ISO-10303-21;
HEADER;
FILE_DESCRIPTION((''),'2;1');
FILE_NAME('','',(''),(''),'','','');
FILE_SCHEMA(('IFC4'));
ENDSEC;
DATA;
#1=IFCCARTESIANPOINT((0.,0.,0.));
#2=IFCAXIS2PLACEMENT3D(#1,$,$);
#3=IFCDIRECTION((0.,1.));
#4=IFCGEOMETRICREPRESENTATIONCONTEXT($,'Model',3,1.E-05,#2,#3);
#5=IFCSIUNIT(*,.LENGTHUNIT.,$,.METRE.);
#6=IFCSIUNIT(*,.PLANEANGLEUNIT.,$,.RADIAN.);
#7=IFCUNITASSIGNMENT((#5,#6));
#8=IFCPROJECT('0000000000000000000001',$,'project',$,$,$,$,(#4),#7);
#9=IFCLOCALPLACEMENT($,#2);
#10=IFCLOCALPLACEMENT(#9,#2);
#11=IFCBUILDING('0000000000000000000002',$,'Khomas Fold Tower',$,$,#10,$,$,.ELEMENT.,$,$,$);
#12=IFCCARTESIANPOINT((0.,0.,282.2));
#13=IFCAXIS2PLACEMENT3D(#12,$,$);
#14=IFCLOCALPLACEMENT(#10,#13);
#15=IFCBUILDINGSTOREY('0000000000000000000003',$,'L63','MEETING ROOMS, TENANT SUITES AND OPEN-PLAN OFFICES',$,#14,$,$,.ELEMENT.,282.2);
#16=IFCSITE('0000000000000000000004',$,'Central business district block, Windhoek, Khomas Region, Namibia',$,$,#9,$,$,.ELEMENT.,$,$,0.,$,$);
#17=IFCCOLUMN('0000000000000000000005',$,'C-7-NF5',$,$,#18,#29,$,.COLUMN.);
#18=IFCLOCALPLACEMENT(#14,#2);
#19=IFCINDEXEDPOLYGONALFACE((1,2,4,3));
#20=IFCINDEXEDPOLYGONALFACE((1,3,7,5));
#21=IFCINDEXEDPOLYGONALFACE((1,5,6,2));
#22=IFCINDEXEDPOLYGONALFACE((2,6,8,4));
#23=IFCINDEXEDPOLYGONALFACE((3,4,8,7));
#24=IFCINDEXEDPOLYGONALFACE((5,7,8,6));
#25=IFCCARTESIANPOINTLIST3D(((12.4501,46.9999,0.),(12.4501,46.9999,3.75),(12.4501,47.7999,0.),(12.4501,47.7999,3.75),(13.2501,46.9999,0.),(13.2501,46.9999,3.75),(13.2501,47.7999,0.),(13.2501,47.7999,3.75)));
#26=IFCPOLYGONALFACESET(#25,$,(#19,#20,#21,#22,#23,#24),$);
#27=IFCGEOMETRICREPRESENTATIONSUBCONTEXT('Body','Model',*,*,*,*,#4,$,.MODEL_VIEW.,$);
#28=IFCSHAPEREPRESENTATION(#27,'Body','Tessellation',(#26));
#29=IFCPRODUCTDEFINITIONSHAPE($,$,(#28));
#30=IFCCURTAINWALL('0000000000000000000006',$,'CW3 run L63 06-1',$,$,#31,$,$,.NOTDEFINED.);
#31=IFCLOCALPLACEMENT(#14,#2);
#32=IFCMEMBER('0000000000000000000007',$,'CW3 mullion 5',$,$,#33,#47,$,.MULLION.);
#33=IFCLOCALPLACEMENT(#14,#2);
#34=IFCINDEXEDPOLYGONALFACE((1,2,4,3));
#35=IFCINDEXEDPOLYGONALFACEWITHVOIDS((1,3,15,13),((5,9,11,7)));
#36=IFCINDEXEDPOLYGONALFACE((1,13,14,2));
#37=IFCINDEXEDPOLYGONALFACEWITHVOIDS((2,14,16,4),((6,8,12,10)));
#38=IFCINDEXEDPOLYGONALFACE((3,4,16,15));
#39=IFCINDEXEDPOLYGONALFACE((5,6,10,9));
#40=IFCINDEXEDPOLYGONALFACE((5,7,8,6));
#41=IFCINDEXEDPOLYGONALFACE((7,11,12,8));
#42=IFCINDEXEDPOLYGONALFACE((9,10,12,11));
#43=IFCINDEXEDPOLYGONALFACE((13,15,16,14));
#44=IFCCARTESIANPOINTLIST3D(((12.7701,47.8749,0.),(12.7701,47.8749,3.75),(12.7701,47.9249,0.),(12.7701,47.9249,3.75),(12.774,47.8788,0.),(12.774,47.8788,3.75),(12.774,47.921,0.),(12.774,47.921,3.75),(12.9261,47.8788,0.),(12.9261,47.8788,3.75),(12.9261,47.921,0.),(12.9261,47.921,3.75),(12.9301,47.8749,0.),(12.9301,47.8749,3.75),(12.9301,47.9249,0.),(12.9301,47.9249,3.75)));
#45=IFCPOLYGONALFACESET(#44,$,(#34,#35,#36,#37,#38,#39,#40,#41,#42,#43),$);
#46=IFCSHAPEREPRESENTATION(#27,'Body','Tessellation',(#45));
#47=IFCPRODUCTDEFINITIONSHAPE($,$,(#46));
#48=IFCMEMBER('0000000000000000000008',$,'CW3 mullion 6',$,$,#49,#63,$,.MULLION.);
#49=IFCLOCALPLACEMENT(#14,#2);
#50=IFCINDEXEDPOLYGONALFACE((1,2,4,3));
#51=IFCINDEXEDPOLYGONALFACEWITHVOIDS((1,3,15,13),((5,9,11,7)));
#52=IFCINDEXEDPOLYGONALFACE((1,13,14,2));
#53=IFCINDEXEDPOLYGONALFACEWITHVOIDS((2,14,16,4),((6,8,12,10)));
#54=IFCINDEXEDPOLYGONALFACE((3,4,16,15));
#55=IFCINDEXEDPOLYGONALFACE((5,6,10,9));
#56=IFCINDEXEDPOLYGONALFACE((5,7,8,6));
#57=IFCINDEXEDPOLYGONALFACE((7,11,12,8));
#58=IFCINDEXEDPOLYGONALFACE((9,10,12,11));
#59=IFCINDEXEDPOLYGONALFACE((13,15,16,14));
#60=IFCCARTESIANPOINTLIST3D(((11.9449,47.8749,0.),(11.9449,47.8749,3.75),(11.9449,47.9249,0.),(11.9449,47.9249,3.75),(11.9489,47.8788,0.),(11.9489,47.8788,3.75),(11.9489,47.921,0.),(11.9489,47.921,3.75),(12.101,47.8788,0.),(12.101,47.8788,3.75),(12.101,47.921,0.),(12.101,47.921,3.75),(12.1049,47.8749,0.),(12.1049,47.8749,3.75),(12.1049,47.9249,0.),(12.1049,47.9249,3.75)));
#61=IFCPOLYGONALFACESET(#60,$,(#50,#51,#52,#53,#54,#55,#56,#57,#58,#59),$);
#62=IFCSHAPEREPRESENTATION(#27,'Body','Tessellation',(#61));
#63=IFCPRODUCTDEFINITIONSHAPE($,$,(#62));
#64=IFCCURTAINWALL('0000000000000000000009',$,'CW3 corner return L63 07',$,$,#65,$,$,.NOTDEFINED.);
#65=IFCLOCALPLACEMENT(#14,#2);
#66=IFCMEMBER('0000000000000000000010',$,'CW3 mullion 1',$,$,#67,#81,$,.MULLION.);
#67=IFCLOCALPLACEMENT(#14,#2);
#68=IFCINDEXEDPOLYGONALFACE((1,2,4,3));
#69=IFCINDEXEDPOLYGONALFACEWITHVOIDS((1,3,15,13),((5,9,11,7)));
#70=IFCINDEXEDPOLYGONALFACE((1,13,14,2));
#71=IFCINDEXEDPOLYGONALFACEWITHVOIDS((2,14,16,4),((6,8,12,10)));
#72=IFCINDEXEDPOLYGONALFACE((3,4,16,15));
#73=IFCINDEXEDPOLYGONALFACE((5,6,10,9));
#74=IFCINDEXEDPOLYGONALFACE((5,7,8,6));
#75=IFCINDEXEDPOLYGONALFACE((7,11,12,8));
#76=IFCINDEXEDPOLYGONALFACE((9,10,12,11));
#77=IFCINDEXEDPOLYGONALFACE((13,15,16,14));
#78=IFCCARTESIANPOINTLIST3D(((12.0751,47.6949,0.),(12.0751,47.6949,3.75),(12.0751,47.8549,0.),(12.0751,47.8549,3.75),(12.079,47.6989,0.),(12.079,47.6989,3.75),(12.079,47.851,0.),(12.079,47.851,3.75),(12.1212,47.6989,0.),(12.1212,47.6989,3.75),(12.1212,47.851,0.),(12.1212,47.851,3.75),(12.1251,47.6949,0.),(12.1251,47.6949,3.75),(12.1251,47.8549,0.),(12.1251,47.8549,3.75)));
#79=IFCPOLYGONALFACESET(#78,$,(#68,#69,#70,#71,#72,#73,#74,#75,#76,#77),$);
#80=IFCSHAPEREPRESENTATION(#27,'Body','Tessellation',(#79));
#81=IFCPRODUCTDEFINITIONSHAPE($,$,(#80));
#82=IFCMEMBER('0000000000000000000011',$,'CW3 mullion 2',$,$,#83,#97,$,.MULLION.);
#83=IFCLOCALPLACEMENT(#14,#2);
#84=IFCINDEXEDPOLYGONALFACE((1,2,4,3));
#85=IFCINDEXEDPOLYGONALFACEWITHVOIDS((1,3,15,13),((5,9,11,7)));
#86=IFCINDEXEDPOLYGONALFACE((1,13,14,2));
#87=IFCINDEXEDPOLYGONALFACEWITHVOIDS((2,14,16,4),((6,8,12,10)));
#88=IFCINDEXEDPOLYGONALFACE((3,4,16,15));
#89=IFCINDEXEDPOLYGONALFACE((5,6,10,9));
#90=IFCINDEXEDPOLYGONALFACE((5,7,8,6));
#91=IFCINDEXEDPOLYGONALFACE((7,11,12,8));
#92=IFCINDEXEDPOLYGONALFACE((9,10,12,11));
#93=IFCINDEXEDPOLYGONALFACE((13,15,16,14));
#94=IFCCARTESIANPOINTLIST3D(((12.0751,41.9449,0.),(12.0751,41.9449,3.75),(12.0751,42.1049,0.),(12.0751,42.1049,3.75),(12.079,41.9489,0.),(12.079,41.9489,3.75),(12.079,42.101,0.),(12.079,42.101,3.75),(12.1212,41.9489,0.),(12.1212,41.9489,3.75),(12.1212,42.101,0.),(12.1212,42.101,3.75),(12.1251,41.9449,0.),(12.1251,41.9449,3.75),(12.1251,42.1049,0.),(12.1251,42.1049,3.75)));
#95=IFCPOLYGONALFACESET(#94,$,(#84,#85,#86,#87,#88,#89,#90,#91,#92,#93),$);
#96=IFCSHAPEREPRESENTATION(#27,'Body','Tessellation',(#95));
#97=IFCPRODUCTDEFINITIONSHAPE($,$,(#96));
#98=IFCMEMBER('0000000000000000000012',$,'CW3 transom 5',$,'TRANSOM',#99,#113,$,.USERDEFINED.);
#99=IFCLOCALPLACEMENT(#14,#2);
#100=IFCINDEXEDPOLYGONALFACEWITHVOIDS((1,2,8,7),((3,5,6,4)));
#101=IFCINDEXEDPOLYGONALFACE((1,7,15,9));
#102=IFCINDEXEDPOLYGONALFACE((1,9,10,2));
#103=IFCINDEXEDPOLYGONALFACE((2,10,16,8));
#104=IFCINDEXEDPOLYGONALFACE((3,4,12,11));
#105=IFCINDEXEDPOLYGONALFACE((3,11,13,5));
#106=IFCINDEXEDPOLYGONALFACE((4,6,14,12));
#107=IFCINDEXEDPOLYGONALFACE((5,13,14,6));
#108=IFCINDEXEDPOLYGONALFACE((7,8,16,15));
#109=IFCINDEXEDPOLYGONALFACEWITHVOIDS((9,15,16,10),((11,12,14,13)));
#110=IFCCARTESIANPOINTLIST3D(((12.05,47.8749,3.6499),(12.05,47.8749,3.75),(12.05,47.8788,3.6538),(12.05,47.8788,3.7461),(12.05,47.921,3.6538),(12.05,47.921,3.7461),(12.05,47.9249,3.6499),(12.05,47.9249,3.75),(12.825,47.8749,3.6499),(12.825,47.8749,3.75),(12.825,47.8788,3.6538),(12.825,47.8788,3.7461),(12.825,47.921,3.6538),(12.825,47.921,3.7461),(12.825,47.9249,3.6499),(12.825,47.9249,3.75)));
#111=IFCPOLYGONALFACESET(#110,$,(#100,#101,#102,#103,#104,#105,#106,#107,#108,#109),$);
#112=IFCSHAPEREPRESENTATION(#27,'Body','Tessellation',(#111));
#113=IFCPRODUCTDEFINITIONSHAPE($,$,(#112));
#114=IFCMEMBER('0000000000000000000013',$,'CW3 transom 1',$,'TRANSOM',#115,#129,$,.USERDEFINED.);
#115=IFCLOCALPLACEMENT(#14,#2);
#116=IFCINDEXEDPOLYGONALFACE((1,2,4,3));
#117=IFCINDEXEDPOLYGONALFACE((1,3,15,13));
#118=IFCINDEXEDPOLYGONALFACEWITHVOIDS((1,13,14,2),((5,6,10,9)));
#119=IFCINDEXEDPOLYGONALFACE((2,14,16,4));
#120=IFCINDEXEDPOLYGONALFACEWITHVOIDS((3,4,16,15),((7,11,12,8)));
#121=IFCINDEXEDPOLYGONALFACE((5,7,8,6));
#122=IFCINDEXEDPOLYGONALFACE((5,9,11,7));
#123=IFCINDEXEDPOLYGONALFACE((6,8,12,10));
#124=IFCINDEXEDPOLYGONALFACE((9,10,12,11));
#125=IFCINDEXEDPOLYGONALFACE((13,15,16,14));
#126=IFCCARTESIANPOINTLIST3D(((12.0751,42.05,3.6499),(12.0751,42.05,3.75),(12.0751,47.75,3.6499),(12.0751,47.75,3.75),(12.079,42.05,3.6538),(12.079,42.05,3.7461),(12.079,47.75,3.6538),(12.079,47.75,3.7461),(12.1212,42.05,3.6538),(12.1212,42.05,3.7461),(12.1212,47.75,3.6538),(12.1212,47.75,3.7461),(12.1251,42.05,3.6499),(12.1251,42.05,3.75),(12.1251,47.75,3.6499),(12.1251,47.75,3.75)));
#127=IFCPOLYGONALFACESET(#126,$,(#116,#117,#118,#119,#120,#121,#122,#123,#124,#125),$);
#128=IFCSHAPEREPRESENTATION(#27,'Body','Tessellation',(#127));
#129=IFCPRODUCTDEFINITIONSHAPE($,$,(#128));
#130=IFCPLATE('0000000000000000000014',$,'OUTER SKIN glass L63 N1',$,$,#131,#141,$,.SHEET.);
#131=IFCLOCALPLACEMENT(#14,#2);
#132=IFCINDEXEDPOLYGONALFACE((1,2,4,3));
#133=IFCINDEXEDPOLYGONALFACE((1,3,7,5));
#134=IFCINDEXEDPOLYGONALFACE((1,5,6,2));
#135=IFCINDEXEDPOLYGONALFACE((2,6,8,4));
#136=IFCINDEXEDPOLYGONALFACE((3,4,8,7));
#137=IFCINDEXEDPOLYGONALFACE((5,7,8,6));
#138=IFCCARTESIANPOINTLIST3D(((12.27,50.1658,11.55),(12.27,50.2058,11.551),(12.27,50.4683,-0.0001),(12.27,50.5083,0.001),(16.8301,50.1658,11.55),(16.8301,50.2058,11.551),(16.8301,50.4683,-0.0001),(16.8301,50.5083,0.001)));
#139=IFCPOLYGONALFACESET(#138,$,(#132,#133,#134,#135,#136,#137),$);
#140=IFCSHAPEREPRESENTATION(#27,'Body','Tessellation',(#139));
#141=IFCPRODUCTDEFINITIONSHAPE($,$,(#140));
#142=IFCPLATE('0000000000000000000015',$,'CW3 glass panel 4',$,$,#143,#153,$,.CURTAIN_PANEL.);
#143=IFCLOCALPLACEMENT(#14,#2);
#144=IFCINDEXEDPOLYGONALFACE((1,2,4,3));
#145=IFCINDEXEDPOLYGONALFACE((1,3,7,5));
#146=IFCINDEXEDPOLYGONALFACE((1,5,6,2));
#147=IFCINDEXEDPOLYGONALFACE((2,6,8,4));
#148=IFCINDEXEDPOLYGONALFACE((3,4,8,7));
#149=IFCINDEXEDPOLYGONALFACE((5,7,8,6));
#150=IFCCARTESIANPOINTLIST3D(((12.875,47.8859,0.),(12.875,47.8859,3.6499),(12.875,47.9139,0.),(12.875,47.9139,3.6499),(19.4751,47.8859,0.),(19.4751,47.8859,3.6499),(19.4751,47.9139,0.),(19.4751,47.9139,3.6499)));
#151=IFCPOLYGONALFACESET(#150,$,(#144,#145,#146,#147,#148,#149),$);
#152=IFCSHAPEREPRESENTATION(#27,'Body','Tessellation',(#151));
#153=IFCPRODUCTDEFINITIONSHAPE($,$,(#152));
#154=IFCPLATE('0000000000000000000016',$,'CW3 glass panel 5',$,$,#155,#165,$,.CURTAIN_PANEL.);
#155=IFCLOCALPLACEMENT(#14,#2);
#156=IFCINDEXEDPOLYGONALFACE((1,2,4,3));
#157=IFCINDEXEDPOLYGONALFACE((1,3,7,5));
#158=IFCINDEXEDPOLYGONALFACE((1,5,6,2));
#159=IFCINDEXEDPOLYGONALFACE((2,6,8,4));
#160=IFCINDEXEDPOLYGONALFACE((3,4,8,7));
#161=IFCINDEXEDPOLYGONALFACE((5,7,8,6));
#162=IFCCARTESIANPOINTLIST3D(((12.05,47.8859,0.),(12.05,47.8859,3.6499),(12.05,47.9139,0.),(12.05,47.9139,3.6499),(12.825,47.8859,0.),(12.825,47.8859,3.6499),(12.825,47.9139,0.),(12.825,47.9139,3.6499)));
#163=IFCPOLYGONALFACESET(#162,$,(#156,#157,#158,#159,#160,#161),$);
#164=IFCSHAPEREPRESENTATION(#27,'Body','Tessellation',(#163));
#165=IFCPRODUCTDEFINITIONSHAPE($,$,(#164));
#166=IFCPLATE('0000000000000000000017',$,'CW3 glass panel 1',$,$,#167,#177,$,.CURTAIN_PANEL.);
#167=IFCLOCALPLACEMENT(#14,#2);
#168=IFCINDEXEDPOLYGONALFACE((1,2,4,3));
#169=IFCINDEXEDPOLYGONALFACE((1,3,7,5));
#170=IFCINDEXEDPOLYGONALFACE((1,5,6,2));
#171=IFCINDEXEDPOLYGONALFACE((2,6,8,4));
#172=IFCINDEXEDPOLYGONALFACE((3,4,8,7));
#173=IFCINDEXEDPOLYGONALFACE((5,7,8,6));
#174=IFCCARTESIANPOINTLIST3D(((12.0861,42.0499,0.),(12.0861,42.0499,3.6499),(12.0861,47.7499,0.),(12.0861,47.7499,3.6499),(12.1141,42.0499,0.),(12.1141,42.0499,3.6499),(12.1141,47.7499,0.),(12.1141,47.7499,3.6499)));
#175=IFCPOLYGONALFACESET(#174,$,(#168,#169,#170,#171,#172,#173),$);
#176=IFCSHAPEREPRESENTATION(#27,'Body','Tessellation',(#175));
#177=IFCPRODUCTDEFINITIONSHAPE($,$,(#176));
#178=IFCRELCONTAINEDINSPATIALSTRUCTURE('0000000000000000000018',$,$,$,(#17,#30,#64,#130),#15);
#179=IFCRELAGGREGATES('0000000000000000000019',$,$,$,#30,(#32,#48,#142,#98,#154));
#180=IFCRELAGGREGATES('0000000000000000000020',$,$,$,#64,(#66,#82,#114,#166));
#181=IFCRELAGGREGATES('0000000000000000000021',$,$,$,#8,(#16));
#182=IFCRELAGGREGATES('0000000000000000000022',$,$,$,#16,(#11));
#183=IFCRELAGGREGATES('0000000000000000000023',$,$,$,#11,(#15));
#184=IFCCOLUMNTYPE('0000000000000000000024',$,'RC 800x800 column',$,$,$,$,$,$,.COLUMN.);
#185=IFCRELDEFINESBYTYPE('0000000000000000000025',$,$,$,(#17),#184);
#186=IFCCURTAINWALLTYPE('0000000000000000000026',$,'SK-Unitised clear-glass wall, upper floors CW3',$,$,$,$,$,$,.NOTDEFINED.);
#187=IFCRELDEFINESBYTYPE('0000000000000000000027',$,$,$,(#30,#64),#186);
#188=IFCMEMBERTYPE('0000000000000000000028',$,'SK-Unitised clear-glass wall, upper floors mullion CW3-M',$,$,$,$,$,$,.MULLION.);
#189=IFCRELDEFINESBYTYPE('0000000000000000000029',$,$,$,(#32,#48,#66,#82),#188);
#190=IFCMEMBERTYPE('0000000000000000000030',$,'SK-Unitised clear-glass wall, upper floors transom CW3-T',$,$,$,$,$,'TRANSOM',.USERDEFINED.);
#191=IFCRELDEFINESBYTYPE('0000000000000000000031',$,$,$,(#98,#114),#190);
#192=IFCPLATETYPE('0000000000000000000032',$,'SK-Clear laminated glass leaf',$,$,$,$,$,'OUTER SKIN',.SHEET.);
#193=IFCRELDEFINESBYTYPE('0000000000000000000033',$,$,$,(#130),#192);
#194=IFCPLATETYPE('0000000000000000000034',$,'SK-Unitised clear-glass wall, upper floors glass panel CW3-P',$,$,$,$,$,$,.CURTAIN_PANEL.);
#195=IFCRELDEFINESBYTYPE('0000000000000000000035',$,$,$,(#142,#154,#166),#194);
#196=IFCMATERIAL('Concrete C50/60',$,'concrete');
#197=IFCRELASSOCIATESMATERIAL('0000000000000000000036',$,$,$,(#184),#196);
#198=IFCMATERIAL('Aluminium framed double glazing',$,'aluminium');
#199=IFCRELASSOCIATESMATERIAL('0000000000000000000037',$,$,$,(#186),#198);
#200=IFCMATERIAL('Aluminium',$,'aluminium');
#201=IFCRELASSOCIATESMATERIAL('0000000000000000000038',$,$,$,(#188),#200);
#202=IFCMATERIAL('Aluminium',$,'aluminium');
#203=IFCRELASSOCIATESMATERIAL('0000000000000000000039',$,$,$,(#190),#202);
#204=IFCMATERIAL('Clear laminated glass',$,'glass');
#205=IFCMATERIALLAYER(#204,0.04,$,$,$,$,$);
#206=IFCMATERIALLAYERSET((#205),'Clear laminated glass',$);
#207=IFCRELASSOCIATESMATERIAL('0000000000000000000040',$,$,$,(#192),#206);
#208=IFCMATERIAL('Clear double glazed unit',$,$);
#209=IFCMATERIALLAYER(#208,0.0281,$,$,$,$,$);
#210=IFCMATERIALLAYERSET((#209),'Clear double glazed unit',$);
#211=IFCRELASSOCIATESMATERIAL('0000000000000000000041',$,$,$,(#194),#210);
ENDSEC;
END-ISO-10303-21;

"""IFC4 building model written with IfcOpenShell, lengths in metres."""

from ifc_helpers import new_model, si_unit, direction, frame, origin, origin_2d, place, context, subcontext, project, spatial, polyline, rectangle, hollow_rectangle, outline, extrude, source, transform, mapped, material, layer, layer_set, material_profile, profile_set, type_object, element, aggregate, save


model = new_model("IFC4")

# Units and contexts
model_context = context("Model", 3, precision=1e-05, world=origin(), true_north=direction((0.0, 1.0)))
body_context = subcontext(model_context, "Body", "Model", "MODEL_VIEW")
ifc_project = project(units=[si_unit("LENGTHUNIT", "METRE"), si_unit("PLANEANGLEUNIT", "RADIAN")], contexts=[model_context])

# Site, building, storey
site_placement = place(None, origin())
site = spatial("IfcSite", under=ifc_project, at=site_placement, Name="Central business district block, Windhoek, Khomas Region, Namibia", CompositionType="ELEMENT", RefElevation=0.0)
building_placement = place(site_placement, origin())
building = spatial("IfcBuilding", under=site, at=building_placement, Name="Khomas Fold Tower", CompositionType="ELEMENT")
storey_placement = place(building_placement, frame((0.0, 0.0, 282.2)))
storey = spatial("IfcBuildingStorey", under=building, at=storey_placement, Name="L63", Description="MEETING ROOMS, TENANT SUITES AND OPEN-PLAN OFFICES", CompositionType="ELEMENT", Elevation=282.2)

# Column
ifc_material_1 = material(Name="Concrete C50/60", Category="concrete")
ifc_material_profile_1 = material_profile(ifc_material_1, rectangle(XDim=0.8, YDim=0.8, at=origin_2d()), Name="RC 800x800")
ifc_profile_set_1 = profile_set([ifc_material_profile_1], Name="Concrete C50/60")
column_type = type_object("IfcColumnType", Name="RC 800x800 column", PredefinedType="COLUMN", material=ifc_profile_set_1)
shared_shape_1 = source(origin(), body_context, "Body", "SweptSolid", [
    extrude(rectangle(XDim=0.8, YDim=0.8, at=origin_2d()), origin(), (0.0, 0.0, 1.0), 3.75),
])
column_placement = place(storey_placement, frame((12.8501, 47.3999, 0.0), z_axis=(0.0, 0.0, 1.0), x_axis=(1.0, 0.0, 0.0)))
element("IfcColumn", 1, at=column_placement, inside=storey, type_object=column_type, Name="C-7-NF5", PredefinedType="COLUMN", context=body_context, shape_type="MappedRepresentation", body=[
    mapped(shared_shape_1, transform((0.0, 0.0, 0.0))),
])

# Curtain walls, members
ifc_material_2 = material(Name="Aluminium framed double glazing", Category="aluminium")
curtain_wall_type = type_object("IfcCurtainWallType", Name="SK-Unitised clear-glass wall, upper floors CW3", PredefinedType="NOTDEFINED", material=ifc_material_2)
curtain_wall_1_placement = place(storey_placement, origin())
curtain_wall_1 = element("IfcCurtainWall", 2, at=curtain_wall_1_placement, inside=storey, type_object=curtain_wall_type, Name="CW3 run L63 06-1", PredefinedType="NOTDEFINED")
ifc_material_3 = material(Name="Aluminium", Category="aluminium")
ifc_material_profile_2 = material_profile(ifc_material_3, hollow_rectangle(XDim=0.05, YDim=0.1599, WallThickness=0.0039, at=origin_2d()), Name="SK-Unitised clear-glass wall, upper floors mullion CW3-M")
ifc_profile_set_2 = profile_set([ifc_material_profile_2], Name="Aluminium")
member_type_1 = type_object("IfcMemberType", Name="SK-Unitised clear-glass wall, upper floors mullion CW3-M", PredefinedType="MULLION", material=ifc_profile_set_2)
shared_shape_2 = source(origin(), body_context, "Body", "SweptSolid", [
    extrude(hollow_rectangle(XDim=0.05, YDim=0.1599, WallThickness=0.0039, at=origin_2d()), origin(), (0.0, 0.0, 1.0), 3.75),
])
member_1_placement = place(storey_placement, frame((12.8501, 47.8999, 0.0), z_axis=(0.0, 0.0, 1.0), x_axis=(0.0, -1.0, 0.0)))
member_1 = element("IfcMember", 3, at=member_1_placement, type_object=member_type_1, Name="CW3 mullion 5", PredefinedType="MULLION", context=body_context, shape_type="MappedRepresentation", body=[
    mapped(shared_shape_2, transform((0.0, 0.0, 0.0))),
])
member_2_placement = place(storey_placement, frame((12.0249, 47.8999, 0.0), z_axis=(0.0, 0.0, 1.0), x_axis=(0.0, -1.0, 0.0)))
member_2 = element("IfcMember", 4, at=member_2_placement, type_object=member_type_1, Name="CW3 mullion 6", PredefinedType="MULLION", context=body_context, shape_type="MappedRepresentation", body=[
    mapped(shared_shape_2, transform((0.0, 0.0, 0.0))),
])
curtain_wall_2_placement = place(storey_placement, origin())
curtain_wall_2 = element("IfcCurtainWall", 5, at=curtain_wall_2_placement, inside=storey, type_object=curtain_wall_type, Name="CW3 corner return L63 07", PredefinedType="NOTDEFINED")
member_3_placement = place(storey_placement, frame((12.1001, 47.7749, 0.0), z_axis=(0.0, 0.0, 1.0), x_axis=(1.0, 0.0, 0.0)))
member_3 = element("IfcMember", 6, at=member_3_placement, type_object=member_type_1, Name="CW3 mullion 1", PredefinedType="MULLION", context=body_context, shape_type="MappedRepresentation", body=[
    mapped(shared_shape_2, transform((0.0, 0.0, 0.0))),
])
member_4_placement = place(storey_placement, frame((12.1001, 42.0249, 0.0), z_axis=(0.0, 0.0, 1.0), x_axis=(1.0, 0.0, 0.0)))
member_4 = element("IfcMember", 7, at=member_4_placement, type_object=member_type_1, Name="CW3 mullion 2", PredefinedType="MULLION", context=body_context, shape_type="MappedRepresentation", body=[
    mapped(shared_shape_2, transform((0.0, 0.0, 0.0))),
])

# Members
ifc_material_4 = material(Name="Aluminium", Category="aluminium")
ifc_material_profile_3 = material_profile(ifc_material_4, hollow_rectangle(XDim=0.05, YDim=0.1001, WallThickness=0.0039, at=origin_2d()), Name="SK-Unitised clear-glass wall, upper floors transom CW3-T")
ifc_profile_set_3 = profile_set([ifc_material_profile_3], Name="Aluminium")
member_type_2 = type_object("IfcMemberType", Name="SK-Unitised clear-glass wall, upper floors transom CW3-T", ElementType="TRANSOM", PredefinedType="USERDEFINED", material=ifc_profile_set_3)
shared_shape_3 = source(origin(), body_context, "Body", "SweptSolid", [
    extrude(hollow_rectangle(XDim=0.05, YDim=0.1001, WallThickness=0.0039, at=origin_2d()), origin(), (0.0, 0.0, 1.0), 0.7749),
])
member_5_placement = place(storey_placement, frame((12.825, 47.8999, 3.7), z_axis=(-1.0, 0.0, 0.0), x_axis=(0.0, -1.0, 0.0)))
member_5 = element("IfcMember", 8, at=member_5_placement, type_object=member_type_2, Name="CW3 transom 5", ObjectType="TRANSOM", PredefinedType="USERDEFINED", context=body_context, shape_type="MappedRepresentation", body=[
    mapped(shared_shape_3, transform((0.0, 0.0, 0.0))),
])
shared_shape_4 = source(origin(), body_context, "Body", "SweptSolid", [
    extrude(hollow_rectangle(XDim=0.05, YDim=0.1001, WallThickness=0.0039, at=origin_2d()), origin(), (0.0, 0.0, 1.0), 5.7),
])
member_6_placement = place(storey_placement, frame((12.1001, 47.75, 3.7), z_axis=(0.0, -1.0, 0.0), x_axis=(1.0, 0.0, 0.0)))
member_6 = element("IfcMember", 9, at=member_6_placement, type_object=member_type_2, Name="CW3 transom 1", ObjectType="TRANSOM", PredefinedType="USERDEFINED", context=body_context, shape_type="MappedRepresentation", body=[
    mapped(shared_shape_4, transform((0.0, 0.0, 0.0))),
])

# Plates
ifc_material_5 = material(Name="Clear laminated glass", Category="glass")
ifc_layer_1 = layer(ifc_material_5, 0.04)
ifc_layer_set_1 = layer_set([ifc_layer_1], Name="Clear laminated glass")
plate_type_1 = type_object("IfcPlateType", Name="SK-Clear laminated glass leaf", ElementType="OUTER SKIN", PredefinedType="SHEET", material=ifc_layer_set_1)
plate_1_placement = place(storey_placement, frame((12.27, 50.5083, 0.001), z_axis=(0.0, 0.999657, 0.026181), x_axis=(1.0, 0.0, 0.0)))
element("IfcPlate", 10, at=plate_1_placement, inside=storey, type_object=plate_type_1, Name="OUTER SKIN glass L63 N1", PredefinedType="SHEET", context=body_context, shape_type="SweptSolid", body=[
    extrude(outline(polyline([(0.0, 0.0), (4.5601, 0.0), (4.5601, -11.554), (0.0, -11.554), (0.0, 0.0)])), origin(), (0.0, 0.0, -1.0), 0.04),
])
ifc_material_6 = material(Name="Clear double glazed unit")
ifc_layer_2 = layer(ifc_material_6, 0.0281)
ifc_layer_set_2 = layer_set([ifc_layer_2], Name="Clear double glazed unit")
plate_type_2 = type_object("IfcPlateType", Name="SK-Unitised clear-glass wall, upper floors glass panel CW3-P", PredefinedType="CURTAIN_PANEL", material=ifc_layer_set_2)
shared_shape_5 = source(origin(), body_context, "Body", "SweptSolid", [
    extrude(rectangle(XDim=6.6001, YDim=0.0281, at=origin_2d()), origin(), (0.0, 0.0, 1.0), 3.6499),
])
plate_2_placement = place(storey_placement, frame((16.175, 47.8999, 0.0), z_axis=(0.0, 0.0, 1.0), x_axis=(-1.0, 0.0, 0.0)))
plate_2 = element("IfcPlate", 11, at=plate_2_placement, type_object=plate_type_2, Name="CW3 glass panel 4", PredefinedType="CURTAIN_PANEL", context=body_context, shape_type="MappedRepresentation", body=[
    mapped(shared_shape_5, transform((0.0, 0.0, 0.0))),
])
shared_shape_6 = source(origin(), body_context, "Body", "SweptSolid", [
    extrude(rectangle(XDim=0.7749, YDim=0.0281, at=origin_2d()), origin(), (0.0, 0.0, 1.0), 3.6499),
])
plate_3_placement = place(storey_placement, frame((12.4375, 47.8999, 0.0), z_axis=(0.0, 0.0, 1.0), x_axis=(-1.0, 0.0, 0.0)))
plate_3 = element("IfcPlate", 12, at=plate_3_placement, type_object=plate_type_2, Name="CW3 glass panel 5", PredefinedType="CURTAIN_PANEL", context=body_context, shape_type="MappedRepresentation", body=[
    mapped(shared_shape_6, transform((0.0, 0.0, 0.0))),
])
aggregate(curtain_wall_1, [member_1, member_2, plate_2, member_5, plate_3])
shared_shape_7 = source(origin(), body_context, "Body", "SweptSolid", [
    extrude(rectangle(XDim=5.7, YDim=0.0281, at=origin_2d()), origin(), (0.0, 0.0, 1.0), 3.6499),
])
plate_4_placement = place(storey_placement, frame((12.1001, 44.8999, 0.0), z_axis=(0.0, 0.0, 1.0), x_axis=(0.0, -1.0, 0.0)))
plate_4 = element("IfcPlate", 13, at=plate_4_placement, type_object=plate_type_2, Name="CW3 glass panel 1", PredefinedType="CURTAIN_PANEL", context=body_context, shape_type="MappedRepresentation", body=[
    mapped(shared_shape_7, transform((0.0, 0.0, 0.0))),
])
aggregate(curtain_wall_2, [member_3, member_4, member_6, plate_4])

save(model, "model.ifc")
